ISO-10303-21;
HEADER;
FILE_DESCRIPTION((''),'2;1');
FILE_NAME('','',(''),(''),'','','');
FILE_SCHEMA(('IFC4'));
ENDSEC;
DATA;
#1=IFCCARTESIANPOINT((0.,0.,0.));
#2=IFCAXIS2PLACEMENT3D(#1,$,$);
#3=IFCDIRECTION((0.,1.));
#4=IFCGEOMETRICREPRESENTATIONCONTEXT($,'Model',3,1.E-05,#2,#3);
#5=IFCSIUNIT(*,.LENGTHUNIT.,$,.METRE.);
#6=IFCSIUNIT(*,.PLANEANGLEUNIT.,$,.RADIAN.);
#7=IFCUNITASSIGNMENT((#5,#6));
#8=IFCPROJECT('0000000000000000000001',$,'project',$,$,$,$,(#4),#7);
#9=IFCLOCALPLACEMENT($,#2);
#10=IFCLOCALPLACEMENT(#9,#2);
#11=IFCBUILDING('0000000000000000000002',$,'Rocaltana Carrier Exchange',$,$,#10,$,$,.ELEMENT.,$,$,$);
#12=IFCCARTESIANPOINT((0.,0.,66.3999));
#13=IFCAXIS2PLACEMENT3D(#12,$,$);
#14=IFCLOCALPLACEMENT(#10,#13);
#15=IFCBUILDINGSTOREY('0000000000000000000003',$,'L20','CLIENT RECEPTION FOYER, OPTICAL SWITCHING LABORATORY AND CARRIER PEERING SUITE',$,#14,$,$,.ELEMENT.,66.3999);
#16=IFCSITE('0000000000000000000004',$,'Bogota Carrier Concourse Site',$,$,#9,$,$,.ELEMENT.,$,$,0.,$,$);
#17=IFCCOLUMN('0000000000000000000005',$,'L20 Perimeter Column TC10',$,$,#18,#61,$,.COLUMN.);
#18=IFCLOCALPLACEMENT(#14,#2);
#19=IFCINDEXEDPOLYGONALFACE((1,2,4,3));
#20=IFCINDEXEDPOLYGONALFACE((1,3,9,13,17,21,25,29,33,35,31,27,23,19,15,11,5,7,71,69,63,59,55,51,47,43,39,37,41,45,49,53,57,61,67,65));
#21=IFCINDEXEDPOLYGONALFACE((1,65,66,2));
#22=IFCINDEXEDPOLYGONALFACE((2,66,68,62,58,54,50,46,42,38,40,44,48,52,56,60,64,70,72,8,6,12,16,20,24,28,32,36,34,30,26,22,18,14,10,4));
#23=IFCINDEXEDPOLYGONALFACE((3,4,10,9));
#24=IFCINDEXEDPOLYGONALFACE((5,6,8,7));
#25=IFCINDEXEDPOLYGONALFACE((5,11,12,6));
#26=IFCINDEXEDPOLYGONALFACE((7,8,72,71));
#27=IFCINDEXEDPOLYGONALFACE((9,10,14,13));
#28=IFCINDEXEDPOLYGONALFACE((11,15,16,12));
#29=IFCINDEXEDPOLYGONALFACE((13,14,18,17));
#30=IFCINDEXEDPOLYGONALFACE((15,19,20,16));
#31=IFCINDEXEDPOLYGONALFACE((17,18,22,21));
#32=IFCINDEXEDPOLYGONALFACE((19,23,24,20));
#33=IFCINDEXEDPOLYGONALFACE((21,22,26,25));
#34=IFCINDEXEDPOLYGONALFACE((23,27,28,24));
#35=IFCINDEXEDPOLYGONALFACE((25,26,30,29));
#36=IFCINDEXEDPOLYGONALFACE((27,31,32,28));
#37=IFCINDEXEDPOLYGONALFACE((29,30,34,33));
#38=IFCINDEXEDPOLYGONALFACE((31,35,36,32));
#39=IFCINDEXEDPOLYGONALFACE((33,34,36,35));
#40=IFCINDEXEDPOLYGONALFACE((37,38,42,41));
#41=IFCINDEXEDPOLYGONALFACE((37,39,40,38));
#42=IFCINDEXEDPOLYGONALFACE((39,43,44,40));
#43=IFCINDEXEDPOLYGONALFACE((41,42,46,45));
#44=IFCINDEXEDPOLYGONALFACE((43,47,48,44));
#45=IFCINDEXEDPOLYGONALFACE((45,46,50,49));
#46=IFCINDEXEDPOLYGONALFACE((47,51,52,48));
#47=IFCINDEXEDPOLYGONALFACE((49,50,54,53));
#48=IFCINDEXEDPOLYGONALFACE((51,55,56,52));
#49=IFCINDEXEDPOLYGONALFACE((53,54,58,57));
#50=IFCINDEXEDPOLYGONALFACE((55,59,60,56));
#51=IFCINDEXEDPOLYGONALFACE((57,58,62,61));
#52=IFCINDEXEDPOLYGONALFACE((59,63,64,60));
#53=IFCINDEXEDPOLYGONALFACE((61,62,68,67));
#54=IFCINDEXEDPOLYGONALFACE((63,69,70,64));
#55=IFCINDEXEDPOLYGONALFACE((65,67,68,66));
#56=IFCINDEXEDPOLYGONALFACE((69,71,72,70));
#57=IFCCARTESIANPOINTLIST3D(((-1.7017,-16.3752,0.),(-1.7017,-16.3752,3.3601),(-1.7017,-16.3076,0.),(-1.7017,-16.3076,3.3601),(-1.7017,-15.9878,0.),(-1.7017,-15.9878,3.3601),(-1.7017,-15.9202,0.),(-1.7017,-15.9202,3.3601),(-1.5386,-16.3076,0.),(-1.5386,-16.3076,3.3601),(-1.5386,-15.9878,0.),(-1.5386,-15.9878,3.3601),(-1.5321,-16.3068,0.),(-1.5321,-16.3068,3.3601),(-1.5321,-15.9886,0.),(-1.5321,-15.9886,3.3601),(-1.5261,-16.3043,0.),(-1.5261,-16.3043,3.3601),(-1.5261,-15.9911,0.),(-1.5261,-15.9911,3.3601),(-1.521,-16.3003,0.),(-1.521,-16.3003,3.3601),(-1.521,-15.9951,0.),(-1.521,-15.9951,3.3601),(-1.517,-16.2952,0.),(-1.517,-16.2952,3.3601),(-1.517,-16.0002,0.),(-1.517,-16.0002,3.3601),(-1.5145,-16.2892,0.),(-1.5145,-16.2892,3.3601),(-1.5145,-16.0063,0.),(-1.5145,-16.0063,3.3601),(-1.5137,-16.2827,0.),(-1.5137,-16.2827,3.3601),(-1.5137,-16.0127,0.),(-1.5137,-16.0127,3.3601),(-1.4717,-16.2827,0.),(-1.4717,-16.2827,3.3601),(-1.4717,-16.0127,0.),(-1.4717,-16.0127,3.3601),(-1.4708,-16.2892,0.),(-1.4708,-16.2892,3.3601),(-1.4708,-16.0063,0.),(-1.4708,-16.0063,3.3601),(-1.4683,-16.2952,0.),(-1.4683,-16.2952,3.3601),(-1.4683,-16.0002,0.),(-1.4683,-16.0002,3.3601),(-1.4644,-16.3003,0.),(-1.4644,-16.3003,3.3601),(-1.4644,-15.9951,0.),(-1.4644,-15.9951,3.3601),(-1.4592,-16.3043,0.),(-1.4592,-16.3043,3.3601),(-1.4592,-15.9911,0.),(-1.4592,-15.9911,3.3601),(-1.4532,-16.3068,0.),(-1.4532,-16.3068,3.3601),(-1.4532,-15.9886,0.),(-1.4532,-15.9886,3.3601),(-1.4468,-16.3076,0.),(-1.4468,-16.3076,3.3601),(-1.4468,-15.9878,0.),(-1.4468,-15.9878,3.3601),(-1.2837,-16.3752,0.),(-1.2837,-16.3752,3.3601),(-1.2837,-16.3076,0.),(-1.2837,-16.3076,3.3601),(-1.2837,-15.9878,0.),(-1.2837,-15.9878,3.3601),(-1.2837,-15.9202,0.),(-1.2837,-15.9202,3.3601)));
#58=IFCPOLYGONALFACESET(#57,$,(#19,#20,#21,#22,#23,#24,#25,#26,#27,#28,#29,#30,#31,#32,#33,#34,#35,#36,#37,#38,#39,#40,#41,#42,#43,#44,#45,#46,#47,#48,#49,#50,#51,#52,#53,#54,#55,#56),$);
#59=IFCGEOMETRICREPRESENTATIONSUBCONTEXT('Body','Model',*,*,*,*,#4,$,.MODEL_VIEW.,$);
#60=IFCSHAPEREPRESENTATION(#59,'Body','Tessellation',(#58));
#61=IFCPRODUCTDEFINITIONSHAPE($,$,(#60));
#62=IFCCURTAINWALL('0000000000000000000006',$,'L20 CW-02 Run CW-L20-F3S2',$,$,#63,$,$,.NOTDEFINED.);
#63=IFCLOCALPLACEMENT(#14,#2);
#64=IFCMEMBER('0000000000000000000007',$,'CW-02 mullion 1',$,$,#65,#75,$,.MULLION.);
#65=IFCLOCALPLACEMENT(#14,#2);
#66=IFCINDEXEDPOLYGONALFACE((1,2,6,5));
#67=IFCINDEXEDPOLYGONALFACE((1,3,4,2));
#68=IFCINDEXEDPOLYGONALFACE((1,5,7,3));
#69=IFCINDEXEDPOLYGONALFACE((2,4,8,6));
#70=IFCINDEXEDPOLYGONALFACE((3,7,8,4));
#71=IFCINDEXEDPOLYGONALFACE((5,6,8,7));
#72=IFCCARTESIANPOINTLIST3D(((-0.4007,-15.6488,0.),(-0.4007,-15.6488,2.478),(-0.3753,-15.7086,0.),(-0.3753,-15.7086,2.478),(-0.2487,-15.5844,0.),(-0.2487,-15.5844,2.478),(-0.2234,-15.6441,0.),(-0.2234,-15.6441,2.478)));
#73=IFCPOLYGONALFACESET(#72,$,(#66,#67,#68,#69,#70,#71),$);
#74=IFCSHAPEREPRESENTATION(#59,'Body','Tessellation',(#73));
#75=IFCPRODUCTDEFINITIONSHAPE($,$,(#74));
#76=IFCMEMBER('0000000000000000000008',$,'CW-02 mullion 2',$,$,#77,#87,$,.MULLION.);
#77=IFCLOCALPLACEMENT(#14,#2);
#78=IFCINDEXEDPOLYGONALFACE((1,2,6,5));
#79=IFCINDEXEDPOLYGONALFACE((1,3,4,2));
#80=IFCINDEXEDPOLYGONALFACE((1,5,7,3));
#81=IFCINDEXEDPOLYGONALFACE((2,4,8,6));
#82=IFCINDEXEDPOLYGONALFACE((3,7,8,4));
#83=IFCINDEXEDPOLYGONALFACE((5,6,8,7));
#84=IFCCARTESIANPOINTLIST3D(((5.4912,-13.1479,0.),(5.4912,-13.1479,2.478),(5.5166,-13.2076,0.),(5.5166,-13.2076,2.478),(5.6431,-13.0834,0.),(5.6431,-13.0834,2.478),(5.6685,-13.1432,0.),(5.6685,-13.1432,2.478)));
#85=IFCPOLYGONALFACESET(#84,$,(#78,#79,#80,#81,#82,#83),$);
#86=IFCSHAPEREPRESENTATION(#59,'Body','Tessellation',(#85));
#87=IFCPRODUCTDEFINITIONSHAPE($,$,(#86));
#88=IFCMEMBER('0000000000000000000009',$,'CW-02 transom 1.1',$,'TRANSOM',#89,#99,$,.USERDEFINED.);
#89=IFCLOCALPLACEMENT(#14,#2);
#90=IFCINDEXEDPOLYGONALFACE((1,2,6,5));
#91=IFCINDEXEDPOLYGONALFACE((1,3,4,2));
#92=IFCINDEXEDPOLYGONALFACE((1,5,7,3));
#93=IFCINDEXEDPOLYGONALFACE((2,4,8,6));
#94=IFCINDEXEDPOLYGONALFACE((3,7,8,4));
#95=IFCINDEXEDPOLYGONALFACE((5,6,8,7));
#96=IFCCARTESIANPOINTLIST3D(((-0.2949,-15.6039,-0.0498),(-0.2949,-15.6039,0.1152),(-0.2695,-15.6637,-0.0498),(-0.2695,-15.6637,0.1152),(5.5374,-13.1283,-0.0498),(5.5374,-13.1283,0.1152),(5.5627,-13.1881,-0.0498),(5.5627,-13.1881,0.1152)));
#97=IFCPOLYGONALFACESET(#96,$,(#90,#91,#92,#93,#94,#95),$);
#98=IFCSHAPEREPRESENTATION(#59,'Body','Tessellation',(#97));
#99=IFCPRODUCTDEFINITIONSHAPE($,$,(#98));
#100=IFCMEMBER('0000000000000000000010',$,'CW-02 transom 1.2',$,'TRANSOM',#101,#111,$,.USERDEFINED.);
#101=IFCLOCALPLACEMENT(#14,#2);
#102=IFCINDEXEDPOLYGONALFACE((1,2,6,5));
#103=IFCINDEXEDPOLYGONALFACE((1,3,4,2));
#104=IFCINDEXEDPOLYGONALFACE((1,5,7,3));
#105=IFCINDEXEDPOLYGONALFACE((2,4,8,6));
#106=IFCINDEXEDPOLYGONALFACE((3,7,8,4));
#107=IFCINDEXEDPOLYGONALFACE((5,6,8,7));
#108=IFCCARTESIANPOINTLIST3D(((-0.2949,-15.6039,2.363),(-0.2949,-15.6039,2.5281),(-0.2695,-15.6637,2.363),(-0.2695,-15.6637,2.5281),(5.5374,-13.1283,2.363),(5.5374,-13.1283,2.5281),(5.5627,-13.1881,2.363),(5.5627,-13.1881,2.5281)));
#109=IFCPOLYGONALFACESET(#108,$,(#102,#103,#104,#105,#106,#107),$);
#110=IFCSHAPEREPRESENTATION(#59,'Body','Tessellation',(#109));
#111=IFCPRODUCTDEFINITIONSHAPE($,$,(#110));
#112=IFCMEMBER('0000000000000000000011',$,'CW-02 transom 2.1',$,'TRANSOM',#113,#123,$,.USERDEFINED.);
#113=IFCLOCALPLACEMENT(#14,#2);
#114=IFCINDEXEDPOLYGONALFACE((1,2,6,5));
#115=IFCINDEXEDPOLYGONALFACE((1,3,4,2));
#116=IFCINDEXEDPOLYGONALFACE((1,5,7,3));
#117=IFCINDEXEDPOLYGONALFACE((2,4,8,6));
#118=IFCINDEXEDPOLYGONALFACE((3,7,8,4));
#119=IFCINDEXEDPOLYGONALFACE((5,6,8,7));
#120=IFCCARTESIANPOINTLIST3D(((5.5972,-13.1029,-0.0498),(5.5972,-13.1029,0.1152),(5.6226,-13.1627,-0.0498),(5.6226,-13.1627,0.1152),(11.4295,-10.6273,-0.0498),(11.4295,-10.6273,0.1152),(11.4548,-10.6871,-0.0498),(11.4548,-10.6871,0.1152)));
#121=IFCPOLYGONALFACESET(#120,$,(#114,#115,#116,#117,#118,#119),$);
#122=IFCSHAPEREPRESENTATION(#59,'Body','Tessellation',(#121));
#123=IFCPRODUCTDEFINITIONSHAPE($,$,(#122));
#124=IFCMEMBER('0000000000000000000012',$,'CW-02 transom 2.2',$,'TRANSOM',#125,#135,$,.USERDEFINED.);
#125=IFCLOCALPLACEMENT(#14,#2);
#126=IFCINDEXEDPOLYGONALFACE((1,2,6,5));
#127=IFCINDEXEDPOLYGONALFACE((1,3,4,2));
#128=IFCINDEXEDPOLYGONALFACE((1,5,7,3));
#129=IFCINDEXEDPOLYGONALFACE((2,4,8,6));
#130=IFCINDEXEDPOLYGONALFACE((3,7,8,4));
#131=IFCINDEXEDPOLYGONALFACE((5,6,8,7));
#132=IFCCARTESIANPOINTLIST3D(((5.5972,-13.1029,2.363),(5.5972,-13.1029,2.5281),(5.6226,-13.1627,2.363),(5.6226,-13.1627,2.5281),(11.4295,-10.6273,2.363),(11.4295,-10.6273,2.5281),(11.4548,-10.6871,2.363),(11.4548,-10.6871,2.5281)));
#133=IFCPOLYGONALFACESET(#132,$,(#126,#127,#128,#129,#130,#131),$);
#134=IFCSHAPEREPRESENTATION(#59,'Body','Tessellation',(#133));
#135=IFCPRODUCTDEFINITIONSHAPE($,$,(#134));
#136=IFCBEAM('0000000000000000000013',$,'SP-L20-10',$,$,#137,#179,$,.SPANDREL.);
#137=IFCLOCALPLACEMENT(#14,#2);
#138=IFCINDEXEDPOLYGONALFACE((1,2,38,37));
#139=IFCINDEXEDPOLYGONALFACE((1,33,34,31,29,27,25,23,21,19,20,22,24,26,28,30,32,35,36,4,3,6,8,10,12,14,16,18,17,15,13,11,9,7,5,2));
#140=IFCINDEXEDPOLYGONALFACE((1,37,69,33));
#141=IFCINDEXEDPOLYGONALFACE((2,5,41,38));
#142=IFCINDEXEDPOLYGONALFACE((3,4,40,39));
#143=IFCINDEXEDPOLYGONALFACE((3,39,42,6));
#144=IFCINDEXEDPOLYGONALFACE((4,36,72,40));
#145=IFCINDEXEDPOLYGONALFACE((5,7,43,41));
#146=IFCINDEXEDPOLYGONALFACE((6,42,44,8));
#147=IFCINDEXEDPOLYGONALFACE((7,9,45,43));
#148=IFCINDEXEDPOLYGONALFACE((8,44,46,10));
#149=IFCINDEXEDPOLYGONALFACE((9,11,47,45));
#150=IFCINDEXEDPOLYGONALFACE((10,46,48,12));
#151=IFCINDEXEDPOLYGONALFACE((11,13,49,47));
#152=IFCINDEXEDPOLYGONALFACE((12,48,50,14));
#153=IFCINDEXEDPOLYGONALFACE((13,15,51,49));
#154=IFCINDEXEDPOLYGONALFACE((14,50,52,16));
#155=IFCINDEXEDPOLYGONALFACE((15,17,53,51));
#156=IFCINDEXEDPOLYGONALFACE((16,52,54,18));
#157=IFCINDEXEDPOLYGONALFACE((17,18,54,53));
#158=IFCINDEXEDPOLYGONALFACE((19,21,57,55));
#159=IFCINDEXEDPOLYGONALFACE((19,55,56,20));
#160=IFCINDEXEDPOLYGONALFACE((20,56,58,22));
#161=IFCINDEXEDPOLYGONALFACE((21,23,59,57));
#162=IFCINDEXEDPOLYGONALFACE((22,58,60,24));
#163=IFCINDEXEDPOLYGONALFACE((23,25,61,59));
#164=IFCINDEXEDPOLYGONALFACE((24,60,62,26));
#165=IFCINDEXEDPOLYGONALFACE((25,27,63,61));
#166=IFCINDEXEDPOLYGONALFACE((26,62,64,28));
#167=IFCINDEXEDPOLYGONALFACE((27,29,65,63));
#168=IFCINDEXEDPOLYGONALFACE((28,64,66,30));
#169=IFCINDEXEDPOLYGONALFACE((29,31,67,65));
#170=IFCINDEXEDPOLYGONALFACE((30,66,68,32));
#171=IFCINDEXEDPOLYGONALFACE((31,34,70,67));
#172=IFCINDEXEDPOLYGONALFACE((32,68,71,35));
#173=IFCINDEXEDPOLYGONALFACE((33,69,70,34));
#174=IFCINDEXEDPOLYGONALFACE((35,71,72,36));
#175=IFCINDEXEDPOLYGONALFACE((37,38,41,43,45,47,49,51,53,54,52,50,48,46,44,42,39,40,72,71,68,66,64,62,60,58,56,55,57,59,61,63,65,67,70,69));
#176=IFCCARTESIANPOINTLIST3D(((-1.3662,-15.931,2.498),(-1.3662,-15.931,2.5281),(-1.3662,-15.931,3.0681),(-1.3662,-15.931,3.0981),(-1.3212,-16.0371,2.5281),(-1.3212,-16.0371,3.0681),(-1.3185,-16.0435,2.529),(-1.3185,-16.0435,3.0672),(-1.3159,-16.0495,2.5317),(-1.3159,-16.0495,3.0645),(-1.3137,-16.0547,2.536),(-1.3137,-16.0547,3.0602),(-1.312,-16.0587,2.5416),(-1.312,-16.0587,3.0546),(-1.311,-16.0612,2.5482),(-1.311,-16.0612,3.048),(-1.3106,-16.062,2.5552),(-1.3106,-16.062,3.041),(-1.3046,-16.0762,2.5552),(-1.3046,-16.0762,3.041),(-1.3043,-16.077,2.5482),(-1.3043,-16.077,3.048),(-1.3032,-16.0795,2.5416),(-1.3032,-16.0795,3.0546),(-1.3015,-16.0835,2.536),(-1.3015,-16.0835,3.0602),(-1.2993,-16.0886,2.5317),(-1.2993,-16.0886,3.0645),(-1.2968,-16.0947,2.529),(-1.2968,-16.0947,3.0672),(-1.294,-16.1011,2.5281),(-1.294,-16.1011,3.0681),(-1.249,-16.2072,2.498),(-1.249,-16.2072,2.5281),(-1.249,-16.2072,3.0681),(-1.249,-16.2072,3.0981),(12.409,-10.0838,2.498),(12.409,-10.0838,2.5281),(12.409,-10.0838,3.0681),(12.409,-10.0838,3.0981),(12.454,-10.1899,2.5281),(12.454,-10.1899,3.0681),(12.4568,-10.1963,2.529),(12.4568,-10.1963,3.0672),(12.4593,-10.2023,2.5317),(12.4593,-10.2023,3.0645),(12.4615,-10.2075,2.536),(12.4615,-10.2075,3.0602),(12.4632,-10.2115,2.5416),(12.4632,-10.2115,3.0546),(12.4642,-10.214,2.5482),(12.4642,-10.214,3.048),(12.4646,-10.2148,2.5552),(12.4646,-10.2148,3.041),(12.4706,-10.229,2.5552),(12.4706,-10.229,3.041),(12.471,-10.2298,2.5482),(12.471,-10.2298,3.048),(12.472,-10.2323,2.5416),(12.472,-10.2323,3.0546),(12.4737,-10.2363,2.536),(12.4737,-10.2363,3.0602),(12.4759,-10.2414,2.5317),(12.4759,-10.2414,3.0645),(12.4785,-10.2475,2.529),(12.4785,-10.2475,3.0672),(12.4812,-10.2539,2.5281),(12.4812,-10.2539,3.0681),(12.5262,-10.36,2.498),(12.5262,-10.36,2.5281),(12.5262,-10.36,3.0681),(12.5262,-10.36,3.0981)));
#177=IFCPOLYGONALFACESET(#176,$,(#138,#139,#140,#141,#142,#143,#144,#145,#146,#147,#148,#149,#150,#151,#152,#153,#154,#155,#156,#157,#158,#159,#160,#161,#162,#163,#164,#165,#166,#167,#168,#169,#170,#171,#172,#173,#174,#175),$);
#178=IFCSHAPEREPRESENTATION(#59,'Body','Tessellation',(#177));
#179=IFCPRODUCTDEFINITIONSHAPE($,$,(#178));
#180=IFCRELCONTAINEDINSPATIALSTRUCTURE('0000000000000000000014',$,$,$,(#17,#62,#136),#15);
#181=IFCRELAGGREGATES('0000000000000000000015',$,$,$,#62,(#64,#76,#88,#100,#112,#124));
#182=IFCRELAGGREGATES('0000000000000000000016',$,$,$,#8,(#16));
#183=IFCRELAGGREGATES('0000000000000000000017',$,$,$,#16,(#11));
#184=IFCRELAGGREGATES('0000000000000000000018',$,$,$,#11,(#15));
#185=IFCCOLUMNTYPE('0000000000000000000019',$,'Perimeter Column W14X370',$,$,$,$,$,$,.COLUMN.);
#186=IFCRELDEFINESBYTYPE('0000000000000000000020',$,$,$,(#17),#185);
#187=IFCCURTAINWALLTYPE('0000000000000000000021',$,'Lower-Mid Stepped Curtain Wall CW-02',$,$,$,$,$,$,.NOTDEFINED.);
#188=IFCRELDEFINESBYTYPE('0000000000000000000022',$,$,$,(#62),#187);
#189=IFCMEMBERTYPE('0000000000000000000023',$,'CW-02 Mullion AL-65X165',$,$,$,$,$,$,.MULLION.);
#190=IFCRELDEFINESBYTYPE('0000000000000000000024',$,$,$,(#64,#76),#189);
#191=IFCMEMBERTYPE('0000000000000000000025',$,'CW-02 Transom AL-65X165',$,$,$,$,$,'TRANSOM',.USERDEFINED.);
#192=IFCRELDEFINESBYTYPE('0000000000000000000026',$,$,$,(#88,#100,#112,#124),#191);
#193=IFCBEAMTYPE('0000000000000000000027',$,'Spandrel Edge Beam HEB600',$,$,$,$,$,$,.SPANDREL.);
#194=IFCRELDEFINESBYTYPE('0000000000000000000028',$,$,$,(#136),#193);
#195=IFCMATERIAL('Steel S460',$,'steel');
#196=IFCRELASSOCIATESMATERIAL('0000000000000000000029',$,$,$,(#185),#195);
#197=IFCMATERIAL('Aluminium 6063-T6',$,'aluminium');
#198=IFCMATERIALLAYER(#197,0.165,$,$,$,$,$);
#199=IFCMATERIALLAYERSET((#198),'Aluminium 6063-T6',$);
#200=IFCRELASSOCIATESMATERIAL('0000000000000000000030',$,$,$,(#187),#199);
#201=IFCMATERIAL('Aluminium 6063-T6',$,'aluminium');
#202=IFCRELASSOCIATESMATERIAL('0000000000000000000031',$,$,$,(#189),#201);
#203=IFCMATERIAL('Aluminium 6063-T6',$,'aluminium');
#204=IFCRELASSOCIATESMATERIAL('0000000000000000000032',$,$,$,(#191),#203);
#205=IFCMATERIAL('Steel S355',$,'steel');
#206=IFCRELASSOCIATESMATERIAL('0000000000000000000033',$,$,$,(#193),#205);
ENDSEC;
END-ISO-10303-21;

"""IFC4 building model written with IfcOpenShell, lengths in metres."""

from ifc_helpers import new_model, si_unit, direction, frame, origin, origin_2d, place, context, subcontext, project, spatial, rectangle, i_section, extrude, material, layer, layer_set, material_profile, profile_set, type_object, element, aggregate, save


model = new_model("IFC4")

# Units and contexts
model_context = context("Model", 3, precision=1e-05, world=origin(), true_north=direction((0.0, 1.0)))
body_context = subcontext(model_context, "Body", "Model", "MODEL_VIEW")
ifc_project = project(units=[si_unit("LENGTHUNIT", "METRE"), si_unit("PLANEANGLEUNIT", "RADIAN")], contexts=[model_context])

# Site, building, storey
site_placement = place(None, origin())
site = spatial("IfcSite", under=ifc_project, at=site_placement, Name="Bogota Carrier Concourse Site", CompositionType="ELEMENT", RefElevation=0.0)
building_placement = place(site_placement, origin())
building = spatial("IfcBuilding", under=site, at=building_placement, Name="Rocaltana Carrier Exchange", CompositionType="ELEMENT")
storey_placement = place(building_placement, frame((0.0, 0.0, 66.3999)))
storey = spatial("IfcBuildingStorey", under=building, at=storey_placement, Name="L20", Description="CLIENT RECEPTION FOYER, OPTICAL SWITCHING LABORATORY AND CARRIER PEERING SUITE", CompositionType="ELEMENT", Elevation=66.3999)

# Column
ifc_material_1 = material(Name="Steel S460", Category="steel")
ifc_material_profile_1 = material_profile(ifc_material_1, i_section(OverallWidth=0.418, OverallDepth=0.4551, WebThickness=0.042, FlangeThickness=0.0676, FilletRadius=0.0249, at=origin_2d()), Name="W14X370")
ifc_profile_set_1 = profile_set([ifc_material_profile_1], Name="Steel S460")
column_type = type_object("IfcColumnType", Name="Perimeter Column W14X370", PredefinedType="COLUMN", material=ifc_profile_set_1)
column_placement = place(storey_placement, frame((-1.4927, -16.1477, 0.0), z_axis=(0.0, 0.0, 1.0), x_axis=(1.0, 0.0, 0.0)))
element("IfcColumn", 1, at=column_placement, inside=storey, type_object=column_type, Name="L20 Perimeter Column TC10", PredefinedType="COLUMN", context=body_context, shape_type="SweptSolid", body=[
    extrude(i_section(OverallWidth=0.418, OverallDepth=0.4551, WebThickness=0.042, FlangeThickness=0.0676, FilletRadius=0.0249, at=origin_2d()), origin(), (0.0, 0.0, 1.0), 3.3601),
])

# Curtain wall, members
ifc_material_2 = material(Name="Aluminium 6063-T6", Category="aluminium")
ifc_layer_1 = layer(ifc_material_2, 0.165)
ifc_layer_set_1 = layer_set([ifc_layer_1], Name="Aluminium 6063-T6")
curtain_wall_type = type_object("IfcCurtainWallType", Name="Lower-Mid Stepped Curtain Wall CW-02", PredefinedType="NOTDEFINED", material=ifc_layer_set_1)
curtain_wall_placement = place(storey_placement, origin())
curtain_wall = element("IfcCurtainWall", 2, at=curtain_wall_placement, inside=storey, type_object=curtain_wall_type, Name="L20 CW-02 Run CW-L20-F3S2", PredefinedType="NOTDEFINED")
ifc_material_3 = material(Name="Aluminium 6063-T6", Category="aluminium")
ifc_material_profile_2 = material_profile(ifc_material_3, rectangle(XDim=0.0649, YDim=0.165, at=origin_2d()), Name="AL-65X165")
ifc_profile_set_2 = profile_set([ifc_material_profile_2], Name="Aluminium 6063-T6")
member_type_1 = type_object("IfcMemberType", Name="CW-02 Mullion AL-65X165", PredefinedType="MULLION", material=ifc_profile_set_2)
member_1_placement = place(storey_placement, frame((-0.312, -15.6465, 0.0), z_axis=(0.0, 0.0, 1.0), x_axis=(-0.390729, 0.920506, 0.0)))
member_1 = element("IfcMember", 3, at=member_1_placement, type_object=member_type_1, Name="CW-02 mullion 1", PredefinedType="MULLION", context=body_context, shape_type="SweptSolid", body=[
    extrude(rectangle(XDim=0.0649, YDim=0.165, at=origin_2d()), origin(), (0.0, 0.0, 1.0), 2.478),
])
member_2_placement = place(storey_placement, frame((5.5798, -13.1455, 0.0), z_axis=(0.0, 0.0, 1.0), x_axis=(-0.390729, 0.920506, 0.0)))
member_2 = element("IfcMember", 4, at=member_2_placement, type_object=member_type_1, Name="CW-02 mullion 2", PredefinedType="MULLION", context=body_context, shape_type="SweptSolid", body=[
    extrude(rectangle(XDim=0.0649, YDim=0.165, at=origin_2d()), origin(), (0.0, 0.0, 1.0), 2.478),
])
ifc_material_4 = material(Name="Aluminium 6063-T6", Category="aluminium")
ifc_material_profile_3 = material_profile(ifc_material_4, rectangle(XDim=0.0649, YDim=0.165, at=origin_2d()), Name="AL-65X165")
ifc_profile_set_3 = profile_set([ifc_material_profile_3], Name="Aluminium 6063-T6")
member_type_2 = type_object("IfcMemberType", Name="CW-02 Transom AL-65X165", ElementType="TRANSOM", PredefinedType="USERDEFINED", material=ifc_profile_set_3)
member_3_placement = place(storey_placement, frame((-0.2822, -15.6338, 0.0327), z_axis=(0.920509, 0.390722, 0.0), x_axis=(-0.390722, 0.920509, 0.0)))
member_3 = element("IfcMember", 5, at=member_3_placement, type_object=member_type_2, Name="CW-02 transom 1.1", ObjectType="TRANSOM", PredefinedType="USERDEFINED", context=body_context, shape_type="SweptSolid", body=[
    extrude(rectangle(XDim=0.0649, YDim=0.165, at=origin_2d()), origin(), (0.0, 0.0, 1.0), 6.3359),
])
member_4_placement = place(storey_placement, frame((-0.2822, -15.6338, 2.4456), z_axis=(0.920509, 0.390722, 0.0), x_axis=(-0.390722, 0.920509, 0.0)))
member_4 = element("IfcMember", 6, at=member_4_placement, type_object=member_type_2, Name="CW-02 transom 1.2", ObjectType="TRANSOM", PredefinedType="USERDEFINED", context=body_context, shape_type="SweptSolid", body=[
    extrude(rectangle(XDim=0.0649, YDim=0.165, at=origin_2d()), origin(), (0.0, 0.0, 1.0), 6.3359),
])
member_5_placement = place(storey_placement, frame((5.6099, -13.1328, 0.0327), z_axis=(0.920509, 0.390722, 0.0), x_axis=(-0.390722, 0.920509, 0.0)))
member_5 = element("IfcMember", 7, at=member_5_placement, type_object=member_type_2, Name="CW-02 transom 2.1", ObjectType="TRANSOM", PredefinedType="USERDEFINED", context=body_context, shape_type="SweptSolid", body=[
    extrude(rectangle(XDim=0.0649, YDim=0.165, at=origin_2d()), origin(), (0.0, 0.0, 1.0), 6.3359),
])
member_6_placement = place(storey_placement, frame((5.6099, -13.1328, 2.4456), z_axis=(0.920509, 0.390722, 0.0), x_axis=(-0.390722, 0.920509, 0.0)))
member_6 = element("IfcMember", 8, at=member_6_placement, type_object=member_type_2, Name="CW-02 transom 2.2", ObjectType="TRANSOM", PredefinedType="USERDEFINED", context=body_context, shape_type="SweptSolid", body=[
    extrude(rectangle(XDim=0.0649, YDim=0.165, at=origin_2d()), origin(), (0.0, 0.0, 1.0), 6.3359),
])

# Beam
ifc_material_5 = material(Name="Steel S355", Category="steel")
ifc_material_profile_4 = material_profile(ifc_material_5, i_section(OverallWidth=0.3, OverallDepth=0.6001, WebThickness=0.0154, FlangeThickness=0.03, FilletRadius=0.0271, at=origin_2d()), Name="HEB600")
ifc_profile_set_4 = profile_set([ifc_material_profile_4], Name="Steel S355")
beam_type = type_object("IfcBeamType", Name="Spandrel Edge Beam HEB600", PredefinedType="SPANDREL", material=ifc_profile_set_4)
beam_placement = place(storey_placement, frame((-1.3076, -16.0691, 2.7981), z_axis=(0.920506, 0.390729, 0.0), x_axis=(-0.390729, 0.920506, 0.0)))
element("IfcBeam", 9, at=beam_placement, inside=storey, type_object=beam_type, Name="SP-L20-10", PredefinedType="SPANDREL", context=body_context, shape_type="SweptSolid", body=[
    extrude(i_section(OverallWidth=0.3, OverallDepth=0.6001, WebThickness=0.0154, FlangeThickness=0.03, FilletRadius=0.0271, at=origin_2d()), origin(), (0.0, 0.0, 1.0), 14.9648),
])

aggregate(curtain_wall, [member_1, member_2, member_3, member_4, member_5, member_6])

save(model, "model.ifc")
